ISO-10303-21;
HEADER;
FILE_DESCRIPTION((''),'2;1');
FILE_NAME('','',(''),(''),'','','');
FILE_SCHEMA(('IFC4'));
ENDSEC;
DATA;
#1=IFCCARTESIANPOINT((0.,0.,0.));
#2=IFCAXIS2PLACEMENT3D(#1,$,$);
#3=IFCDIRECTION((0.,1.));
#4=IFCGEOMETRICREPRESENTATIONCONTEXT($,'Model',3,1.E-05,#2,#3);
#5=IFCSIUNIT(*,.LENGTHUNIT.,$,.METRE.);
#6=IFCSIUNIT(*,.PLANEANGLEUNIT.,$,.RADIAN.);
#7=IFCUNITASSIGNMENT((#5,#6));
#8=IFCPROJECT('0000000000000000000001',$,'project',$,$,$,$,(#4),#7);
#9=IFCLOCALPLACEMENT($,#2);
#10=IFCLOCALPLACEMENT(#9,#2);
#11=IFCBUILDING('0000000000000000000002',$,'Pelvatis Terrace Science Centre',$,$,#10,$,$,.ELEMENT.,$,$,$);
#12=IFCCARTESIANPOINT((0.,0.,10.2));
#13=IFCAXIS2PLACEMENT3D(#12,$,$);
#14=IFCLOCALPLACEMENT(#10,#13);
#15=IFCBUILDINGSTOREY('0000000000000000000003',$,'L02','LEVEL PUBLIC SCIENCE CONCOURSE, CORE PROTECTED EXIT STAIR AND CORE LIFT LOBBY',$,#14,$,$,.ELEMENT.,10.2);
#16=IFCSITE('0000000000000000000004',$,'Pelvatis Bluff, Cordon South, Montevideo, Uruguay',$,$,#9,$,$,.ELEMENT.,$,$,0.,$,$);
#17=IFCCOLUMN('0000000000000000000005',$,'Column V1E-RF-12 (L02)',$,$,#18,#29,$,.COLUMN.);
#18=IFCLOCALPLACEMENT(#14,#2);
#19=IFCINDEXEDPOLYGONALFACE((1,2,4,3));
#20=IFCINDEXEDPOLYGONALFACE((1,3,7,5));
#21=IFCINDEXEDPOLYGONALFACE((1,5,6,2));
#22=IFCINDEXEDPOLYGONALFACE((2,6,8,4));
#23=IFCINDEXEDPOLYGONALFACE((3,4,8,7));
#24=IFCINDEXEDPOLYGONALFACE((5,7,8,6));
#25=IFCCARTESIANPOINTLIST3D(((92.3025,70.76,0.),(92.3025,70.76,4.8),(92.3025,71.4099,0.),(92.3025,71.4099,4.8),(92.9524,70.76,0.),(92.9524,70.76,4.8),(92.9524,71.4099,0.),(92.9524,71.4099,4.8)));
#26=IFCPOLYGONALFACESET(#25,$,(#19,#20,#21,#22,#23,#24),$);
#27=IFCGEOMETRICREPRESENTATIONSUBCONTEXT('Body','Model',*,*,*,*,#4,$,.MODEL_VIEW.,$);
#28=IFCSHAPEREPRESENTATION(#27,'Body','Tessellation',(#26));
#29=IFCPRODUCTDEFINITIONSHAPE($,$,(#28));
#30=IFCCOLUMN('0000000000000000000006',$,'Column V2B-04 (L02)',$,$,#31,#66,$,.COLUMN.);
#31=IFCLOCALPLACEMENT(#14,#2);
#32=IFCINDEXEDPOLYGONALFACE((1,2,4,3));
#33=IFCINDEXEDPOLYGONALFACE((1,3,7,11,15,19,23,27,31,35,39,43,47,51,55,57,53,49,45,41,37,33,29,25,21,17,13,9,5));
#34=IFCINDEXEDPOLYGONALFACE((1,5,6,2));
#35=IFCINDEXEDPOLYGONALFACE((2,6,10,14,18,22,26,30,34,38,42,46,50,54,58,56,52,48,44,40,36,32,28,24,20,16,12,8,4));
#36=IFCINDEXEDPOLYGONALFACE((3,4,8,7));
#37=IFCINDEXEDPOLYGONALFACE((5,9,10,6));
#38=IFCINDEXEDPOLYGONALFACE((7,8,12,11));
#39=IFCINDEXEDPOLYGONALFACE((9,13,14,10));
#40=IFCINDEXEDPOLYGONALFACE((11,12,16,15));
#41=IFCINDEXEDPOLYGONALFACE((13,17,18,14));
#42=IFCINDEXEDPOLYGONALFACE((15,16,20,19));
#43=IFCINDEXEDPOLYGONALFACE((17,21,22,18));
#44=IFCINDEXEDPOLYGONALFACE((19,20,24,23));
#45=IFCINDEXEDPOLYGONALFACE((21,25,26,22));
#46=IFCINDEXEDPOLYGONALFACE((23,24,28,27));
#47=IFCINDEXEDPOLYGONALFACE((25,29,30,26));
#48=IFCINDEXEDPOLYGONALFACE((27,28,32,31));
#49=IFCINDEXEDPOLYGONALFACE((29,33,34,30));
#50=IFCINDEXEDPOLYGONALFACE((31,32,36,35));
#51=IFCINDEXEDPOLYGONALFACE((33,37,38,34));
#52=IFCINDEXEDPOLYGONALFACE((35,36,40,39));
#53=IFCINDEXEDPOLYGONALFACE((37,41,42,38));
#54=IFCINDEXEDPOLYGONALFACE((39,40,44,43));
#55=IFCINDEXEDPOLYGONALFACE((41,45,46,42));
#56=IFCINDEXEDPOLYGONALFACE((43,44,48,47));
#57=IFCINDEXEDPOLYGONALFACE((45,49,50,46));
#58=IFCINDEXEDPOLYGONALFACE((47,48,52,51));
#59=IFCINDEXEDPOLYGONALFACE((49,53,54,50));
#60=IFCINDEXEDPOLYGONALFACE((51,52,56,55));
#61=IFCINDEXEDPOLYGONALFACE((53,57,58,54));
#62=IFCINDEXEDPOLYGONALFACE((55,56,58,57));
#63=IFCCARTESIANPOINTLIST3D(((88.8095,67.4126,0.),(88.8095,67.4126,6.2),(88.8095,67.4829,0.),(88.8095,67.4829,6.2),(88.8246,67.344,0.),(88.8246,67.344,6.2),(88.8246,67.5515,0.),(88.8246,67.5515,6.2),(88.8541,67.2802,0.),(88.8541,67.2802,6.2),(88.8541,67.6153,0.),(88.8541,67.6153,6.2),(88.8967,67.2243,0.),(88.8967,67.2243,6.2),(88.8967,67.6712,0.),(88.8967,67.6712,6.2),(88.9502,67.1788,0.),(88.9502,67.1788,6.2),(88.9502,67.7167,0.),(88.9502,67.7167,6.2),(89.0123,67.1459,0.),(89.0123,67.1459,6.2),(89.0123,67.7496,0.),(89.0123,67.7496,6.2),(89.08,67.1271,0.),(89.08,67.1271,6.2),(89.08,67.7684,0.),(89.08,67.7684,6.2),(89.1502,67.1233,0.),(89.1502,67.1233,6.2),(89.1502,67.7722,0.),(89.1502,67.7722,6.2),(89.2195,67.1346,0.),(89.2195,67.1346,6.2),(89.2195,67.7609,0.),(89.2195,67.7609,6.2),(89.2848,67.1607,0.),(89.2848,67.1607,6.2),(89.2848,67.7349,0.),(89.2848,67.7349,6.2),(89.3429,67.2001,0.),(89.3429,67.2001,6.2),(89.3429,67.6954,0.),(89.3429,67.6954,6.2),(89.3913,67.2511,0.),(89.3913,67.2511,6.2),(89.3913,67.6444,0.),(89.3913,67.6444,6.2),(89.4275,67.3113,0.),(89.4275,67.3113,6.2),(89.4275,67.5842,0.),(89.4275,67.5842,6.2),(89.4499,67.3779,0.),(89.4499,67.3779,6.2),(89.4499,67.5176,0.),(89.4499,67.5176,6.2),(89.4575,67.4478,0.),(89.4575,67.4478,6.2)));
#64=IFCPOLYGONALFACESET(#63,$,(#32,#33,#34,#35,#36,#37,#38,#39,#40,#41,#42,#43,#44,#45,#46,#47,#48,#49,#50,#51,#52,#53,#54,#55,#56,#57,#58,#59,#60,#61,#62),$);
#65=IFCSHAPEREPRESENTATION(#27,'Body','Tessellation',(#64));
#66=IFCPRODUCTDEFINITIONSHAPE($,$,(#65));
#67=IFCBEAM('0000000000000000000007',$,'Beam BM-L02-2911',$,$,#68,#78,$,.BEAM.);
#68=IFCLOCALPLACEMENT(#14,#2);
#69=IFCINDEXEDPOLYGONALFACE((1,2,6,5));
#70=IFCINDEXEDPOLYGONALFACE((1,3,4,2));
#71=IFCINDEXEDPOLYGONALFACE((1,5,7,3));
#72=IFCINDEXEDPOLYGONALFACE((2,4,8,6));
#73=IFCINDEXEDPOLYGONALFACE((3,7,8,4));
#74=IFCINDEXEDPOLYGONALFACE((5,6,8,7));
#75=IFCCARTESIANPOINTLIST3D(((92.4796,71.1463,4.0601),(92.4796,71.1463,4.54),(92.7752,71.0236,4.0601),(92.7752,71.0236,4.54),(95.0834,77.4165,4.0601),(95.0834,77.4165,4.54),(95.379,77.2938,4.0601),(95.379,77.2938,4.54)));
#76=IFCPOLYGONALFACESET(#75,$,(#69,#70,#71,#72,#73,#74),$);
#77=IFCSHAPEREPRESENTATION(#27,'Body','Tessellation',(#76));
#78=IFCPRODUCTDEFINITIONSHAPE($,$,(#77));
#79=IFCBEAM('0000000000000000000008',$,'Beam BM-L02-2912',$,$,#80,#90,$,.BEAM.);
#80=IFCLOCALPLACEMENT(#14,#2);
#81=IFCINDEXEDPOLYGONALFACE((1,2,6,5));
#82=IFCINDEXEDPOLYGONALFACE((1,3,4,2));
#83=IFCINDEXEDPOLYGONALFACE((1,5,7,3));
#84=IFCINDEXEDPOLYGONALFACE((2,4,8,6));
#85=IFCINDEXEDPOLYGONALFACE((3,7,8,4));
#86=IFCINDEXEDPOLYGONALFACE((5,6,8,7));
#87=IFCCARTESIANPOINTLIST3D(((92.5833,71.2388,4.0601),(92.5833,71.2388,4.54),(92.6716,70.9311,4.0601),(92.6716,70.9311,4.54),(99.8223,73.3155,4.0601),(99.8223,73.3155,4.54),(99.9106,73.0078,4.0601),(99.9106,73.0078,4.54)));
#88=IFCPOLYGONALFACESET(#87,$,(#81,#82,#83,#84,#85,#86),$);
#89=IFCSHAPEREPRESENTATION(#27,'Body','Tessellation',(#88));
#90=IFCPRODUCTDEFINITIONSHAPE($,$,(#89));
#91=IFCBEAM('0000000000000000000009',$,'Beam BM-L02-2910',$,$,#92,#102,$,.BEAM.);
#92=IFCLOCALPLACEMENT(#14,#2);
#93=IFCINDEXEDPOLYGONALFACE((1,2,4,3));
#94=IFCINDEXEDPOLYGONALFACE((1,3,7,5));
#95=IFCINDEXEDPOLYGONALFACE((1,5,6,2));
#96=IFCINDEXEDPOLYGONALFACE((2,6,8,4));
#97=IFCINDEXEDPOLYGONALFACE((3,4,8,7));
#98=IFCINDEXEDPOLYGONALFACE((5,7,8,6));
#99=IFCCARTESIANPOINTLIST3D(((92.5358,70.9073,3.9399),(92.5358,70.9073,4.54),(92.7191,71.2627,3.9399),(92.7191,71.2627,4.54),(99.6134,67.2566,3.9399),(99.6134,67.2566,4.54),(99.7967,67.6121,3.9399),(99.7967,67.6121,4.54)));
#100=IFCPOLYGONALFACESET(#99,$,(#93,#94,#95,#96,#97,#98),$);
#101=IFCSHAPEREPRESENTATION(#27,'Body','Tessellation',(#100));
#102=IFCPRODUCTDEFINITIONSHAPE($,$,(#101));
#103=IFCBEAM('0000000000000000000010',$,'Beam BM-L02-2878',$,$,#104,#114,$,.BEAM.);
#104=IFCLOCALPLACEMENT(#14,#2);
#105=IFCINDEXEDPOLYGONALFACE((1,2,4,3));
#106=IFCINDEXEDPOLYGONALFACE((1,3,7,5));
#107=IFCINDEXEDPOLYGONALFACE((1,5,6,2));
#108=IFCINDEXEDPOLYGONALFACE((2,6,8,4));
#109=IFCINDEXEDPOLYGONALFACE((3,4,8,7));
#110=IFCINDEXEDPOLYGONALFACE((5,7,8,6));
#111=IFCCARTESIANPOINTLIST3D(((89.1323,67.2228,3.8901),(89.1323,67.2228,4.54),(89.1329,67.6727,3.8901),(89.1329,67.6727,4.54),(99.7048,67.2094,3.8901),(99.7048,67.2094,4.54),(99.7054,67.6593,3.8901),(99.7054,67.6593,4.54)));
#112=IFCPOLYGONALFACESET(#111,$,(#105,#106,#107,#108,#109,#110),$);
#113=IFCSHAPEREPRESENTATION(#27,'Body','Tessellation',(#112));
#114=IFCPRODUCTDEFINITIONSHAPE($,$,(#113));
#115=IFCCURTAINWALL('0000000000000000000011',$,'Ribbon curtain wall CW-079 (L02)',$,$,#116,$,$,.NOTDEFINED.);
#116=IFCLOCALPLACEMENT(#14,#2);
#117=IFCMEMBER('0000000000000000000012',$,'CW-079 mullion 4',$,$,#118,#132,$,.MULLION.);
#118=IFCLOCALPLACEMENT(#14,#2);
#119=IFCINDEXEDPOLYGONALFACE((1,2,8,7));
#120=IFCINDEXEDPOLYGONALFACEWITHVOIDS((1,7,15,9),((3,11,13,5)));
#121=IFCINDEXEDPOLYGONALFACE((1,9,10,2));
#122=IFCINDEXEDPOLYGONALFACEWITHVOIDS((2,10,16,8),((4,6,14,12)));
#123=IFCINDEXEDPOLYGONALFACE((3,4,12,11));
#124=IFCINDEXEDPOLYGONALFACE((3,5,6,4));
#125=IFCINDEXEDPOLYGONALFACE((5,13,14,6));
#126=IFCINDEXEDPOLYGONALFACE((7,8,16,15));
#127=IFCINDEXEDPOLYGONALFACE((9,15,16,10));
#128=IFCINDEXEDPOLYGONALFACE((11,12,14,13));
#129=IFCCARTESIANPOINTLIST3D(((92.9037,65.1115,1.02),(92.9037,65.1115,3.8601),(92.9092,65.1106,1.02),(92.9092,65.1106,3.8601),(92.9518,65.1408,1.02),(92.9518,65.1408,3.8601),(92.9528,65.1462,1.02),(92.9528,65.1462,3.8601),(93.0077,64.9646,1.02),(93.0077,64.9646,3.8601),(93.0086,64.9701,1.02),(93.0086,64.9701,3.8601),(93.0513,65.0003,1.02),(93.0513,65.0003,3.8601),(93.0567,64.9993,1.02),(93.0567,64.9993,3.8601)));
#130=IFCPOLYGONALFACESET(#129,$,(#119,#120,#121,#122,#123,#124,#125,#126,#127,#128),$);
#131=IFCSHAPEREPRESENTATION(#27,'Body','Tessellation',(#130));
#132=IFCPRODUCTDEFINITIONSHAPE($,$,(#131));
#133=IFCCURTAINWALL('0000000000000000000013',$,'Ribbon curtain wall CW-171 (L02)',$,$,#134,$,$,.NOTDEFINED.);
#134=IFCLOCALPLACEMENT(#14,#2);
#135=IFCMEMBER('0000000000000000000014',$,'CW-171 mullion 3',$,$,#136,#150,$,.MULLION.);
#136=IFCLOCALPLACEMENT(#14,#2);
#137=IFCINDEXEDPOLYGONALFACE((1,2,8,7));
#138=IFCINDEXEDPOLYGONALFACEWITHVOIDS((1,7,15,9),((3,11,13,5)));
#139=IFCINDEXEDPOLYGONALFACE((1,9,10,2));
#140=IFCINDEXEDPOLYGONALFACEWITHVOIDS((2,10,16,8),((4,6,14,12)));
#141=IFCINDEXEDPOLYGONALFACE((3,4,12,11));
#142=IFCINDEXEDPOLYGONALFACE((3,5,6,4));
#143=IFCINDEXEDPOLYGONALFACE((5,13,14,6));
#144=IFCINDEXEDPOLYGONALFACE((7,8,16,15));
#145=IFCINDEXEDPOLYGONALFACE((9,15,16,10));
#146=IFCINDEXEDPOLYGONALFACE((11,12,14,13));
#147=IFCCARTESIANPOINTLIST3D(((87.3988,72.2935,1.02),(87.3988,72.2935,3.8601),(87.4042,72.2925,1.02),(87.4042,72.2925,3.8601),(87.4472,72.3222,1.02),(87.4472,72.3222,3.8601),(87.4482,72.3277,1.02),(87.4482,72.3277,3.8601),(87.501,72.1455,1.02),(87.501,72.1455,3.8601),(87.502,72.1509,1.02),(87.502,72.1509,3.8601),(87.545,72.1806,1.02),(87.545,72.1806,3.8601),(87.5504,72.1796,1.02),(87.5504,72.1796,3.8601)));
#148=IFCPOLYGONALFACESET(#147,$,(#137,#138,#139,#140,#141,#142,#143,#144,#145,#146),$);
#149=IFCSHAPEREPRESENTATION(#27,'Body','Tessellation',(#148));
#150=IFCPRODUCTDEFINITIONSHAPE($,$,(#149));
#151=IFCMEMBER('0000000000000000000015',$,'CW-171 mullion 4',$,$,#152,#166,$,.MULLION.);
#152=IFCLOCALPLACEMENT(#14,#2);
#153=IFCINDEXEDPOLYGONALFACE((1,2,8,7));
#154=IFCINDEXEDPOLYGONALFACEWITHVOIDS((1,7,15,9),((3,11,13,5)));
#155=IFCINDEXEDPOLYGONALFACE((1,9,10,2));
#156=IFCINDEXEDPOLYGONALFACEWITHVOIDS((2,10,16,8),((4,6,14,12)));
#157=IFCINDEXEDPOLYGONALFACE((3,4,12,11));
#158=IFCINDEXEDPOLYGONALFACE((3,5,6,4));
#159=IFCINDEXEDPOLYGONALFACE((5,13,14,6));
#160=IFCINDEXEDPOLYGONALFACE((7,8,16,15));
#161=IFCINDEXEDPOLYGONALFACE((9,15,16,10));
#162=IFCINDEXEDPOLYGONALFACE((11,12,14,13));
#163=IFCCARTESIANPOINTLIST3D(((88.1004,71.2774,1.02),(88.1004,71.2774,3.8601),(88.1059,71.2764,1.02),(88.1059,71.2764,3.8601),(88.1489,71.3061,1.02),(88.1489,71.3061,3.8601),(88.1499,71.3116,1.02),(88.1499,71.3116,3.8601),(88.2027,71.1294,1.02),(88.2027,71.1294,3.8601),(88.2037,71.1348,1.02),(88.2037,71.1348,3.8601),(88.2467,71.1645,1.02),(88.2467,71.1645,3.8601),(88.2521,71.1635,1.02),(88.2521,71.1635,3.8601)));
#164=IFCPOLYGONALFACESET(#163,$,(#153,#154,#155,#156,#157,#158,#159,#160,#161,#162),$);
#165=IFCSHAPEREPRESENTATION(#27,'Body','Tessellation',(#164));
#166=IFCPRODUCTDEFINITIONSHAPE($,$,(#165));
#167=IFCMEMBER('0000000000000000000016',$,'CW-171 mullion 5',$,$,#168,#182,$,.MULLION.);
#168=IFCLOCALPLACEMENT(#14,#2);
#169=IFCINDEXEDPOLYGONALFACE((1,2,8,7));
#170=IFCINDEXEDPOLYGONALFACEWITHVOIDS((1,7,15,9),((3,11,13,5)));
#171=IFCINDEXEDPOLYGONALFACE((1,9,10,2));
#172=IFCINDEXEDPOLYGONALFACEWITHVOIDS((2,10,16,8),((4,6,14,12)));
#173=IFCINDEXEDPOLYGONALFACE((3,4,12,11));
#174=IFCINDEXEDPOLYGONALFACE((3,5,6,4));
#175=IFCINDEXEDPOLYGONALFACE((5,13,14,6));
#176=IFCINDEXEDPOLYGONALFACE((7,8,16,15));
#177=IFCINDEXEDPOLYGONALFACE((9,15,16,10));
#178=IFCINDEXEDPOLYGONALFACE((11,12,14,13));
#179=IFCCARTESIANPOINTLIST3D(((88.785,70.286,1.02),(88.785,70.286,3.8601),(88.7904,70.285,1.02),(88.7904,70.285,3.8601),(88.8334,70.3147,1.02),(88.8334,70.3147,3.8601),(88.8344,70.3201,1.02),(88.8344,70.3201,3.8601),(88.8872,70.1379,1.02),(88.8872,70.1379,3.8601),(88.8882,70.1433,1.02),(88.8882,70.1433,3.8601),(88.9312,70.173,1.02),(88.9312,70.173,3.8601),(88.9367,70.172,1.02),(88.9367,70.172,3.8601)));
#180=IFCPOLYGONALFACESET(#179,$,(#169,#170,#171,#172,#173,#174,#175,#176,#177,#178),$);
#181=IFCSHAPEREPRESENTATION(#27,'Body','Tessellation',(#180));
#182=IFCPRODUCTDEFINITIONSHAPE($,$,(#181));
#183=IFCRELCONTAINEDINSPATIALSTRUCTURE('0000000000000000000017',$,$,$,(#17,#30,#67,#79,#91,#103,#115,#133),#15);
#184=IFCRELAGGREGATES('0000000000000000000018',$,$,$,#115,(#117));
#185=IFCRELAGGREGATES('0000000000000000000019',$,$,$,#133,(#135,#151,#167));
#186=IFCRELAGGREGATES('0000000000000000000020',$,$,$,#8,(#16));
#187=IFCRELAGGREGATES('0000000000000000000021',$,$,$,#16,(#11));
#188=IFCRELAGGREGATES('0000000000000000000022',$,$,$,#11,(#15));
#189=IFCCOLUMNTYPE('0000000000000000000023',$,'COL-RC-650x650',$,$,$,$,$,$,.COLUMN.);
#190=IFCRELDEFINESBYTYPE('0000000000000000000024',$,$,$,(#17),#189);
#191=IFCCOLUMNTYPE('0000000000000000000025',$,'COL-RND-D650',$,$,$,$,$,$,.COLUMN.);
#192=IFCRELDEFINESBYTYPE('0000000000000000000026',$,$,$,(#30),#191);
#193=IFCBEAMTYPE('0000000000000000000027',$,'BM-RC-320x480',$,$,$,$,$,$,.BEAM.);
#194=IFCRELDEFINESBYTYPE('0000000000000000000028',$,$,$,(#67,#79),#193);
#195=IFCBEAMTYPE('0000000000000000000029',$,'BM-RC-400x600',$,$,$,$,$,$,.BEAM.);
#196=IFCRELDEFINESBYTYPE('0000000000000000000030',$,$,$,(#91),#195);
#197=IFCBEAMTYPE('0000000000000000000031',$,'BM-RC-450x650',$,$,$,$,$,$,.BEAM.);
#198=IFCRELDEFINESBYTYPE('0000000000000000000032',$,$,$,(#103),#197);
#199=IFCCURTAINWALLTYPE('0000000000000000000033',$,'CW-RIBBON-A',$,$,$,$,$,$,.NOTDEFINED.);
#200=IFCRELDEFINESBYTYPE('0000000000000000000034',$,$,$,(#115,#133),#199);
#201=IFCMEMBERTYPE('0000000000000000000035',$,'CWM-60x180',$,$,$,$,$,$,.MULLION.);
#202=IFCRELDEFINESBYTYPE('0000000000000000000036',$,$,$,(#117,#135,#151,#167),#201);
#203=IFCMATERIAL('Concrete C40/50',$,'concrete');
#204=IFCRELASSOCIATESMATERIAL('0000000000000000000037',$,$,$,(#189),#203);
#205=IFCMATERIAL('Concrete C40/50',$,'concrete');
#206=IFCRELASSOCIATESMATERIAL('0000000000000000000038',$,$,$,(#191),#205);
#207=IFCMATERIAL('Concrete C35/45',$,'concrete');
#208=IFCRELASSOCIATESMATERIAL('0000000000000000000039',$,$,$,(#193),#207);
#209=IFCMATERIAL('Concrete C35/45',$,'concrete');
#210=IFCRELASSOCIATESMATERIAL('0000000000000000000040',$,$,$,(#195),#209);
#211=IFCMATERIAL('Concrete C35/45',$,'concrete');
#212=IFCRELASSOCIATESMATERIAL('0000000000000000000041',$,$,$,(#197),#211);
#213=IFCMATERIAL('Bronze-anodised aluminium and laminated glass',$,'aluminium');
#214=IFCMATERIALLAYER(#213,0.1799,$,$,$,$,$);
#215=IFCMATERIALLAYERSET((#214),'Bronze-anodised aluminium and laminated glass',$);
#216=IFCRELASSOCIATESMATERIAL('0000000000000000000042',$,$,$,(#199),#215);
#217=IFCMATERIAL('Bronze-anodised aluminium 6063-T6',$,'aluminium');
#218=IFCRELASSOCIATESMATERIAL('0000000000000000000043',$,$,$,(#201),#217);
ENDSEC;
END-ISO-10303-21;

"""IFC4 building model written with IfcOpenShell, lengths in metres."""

from ifc_helpers import new_model, si_unit, direction, frame, origin, origin_2d, place, context, subcontext, project, spatial, rectangle, hollow_rectangle, circle, extrude, material, layer, layer_set, material_profile, profile_set, type_object, element, aggregate, save


model = new_model("IFC4")

# Units and contexts
model_context = context("Model", 3, precision=1e-05, world=origin(), true_north=direction((0.0, 1.0)))
body_context = subcontext(model_context, "Body", "Model", "MODEL_VIEW")
ifc_project = project(units=[si_unit("LENGTHUNIT", "METRE"), si_unit("PLANEANGLEUNIT", "RADIAN")], contexts=[model_context])

# Site, building, storey
site_placement = place(None, origin())
site = spatial("IfcSite", under=ifc_project, at=site_placement, Name="Pelvatis Bluff, Cordon South, Montevideo, Uruguay", CompositionType="ELEMENT", RefElevation=0.0)
building_placement = place(site_placement, origin())
building = spatial("IfcBuilding", under=site, at=building_placement, Name="Pelvatis Terrace Science Centre", CompositionType="ELEMENT")
storey_placement = place(building_placement, frame((0.0, 0.0, 10.2)))
storey = spatial("IfcBuildingStorey", under=building, at=storey_placement, Name="L02", Description="LEVEL PUBLIC SCIENCE CONCOURSE, CORE PROTECTED EXIT STAIR AND CORE LIFT LOBBY", CompositionType="ELEMENT", Elevation=10.2)

# Columns
ifc_material_1 = material(Name="Concrete C40/50", Category="concrete")
ifc_material_profile_1 = material_profile(ifc_material_1, rectangle(XDim=0.6499, YDim=0.6499, at=origin_2d()), Name="RC-COL 650x650")
ifc_profile_set_1 = profile_set([ifc_material_profile_1], Name="Concrete C40/50")
column_type_1 = type_object("IfcColumnType", Name="COL-RC-650x650", PredefinedType="COLUMN", material=ifc_profile_set_1)
column_1_placement = place(storey_placement, frame((92.6274, 71.085, 0.0), z_axis=(0.0, 0.0, 1.0), x_axis=(1.0, 0.0, 0.0)))
element("IfcColumn", 1, at=column_1_placement, inside=storey, type_object=column_type_1, Name="Column V1E-RF-12 (L02)", PredefinedType="COLUMN", context=body_context, shape_type="SweptSolid", body=[
    extrude(rectangle(XDim=0.6499, YDim=0.6499, at=origin_2d()), origin(), (0.0, 0.0, 1.0), 4.8),
])
ifc_material_2 = material(Name="Concrete C40/50", Category="concrete")
ifc_material_profile_2 = material_profile(ifc_material_2, circle(Radius=0.325, at=origin_2d()), Name="RC-RCOL D650")
ifc_profile_set_2 = profile_set([ifc_material_profile_2], Name="Concrete C40/50")
column_type_2 = type_object("IfcColumnType", Name="COL-RND-D650", PredefinedType="COLUMN", material=ifc_profile_set_2)
column_2_placement = place(storey_placement, frame((89.1326, 67.4478, 0.0), z_axis=(0.0, 0.0, 1.0), x_axis=(1.0, 0.0, 0.0)))
element("IfcColumn", 2, at=column_2_placement, inside=storey, type_object=column_type_2, Name="Column V2B-04 (L02)", PredefinedType="COLUMN", context=body_context, shape_type="SweptSolid", body=[
    extrude(circle(Radius=0.325, at=origin_2d()), origin(), (0.0, 0.0, 1.0), 6.2),
])

# Beams
ifc_material_3 = material(Name="Concrete C35/45", Category="concrete")
ifc_material_profile_3 = material_profile(ifc_material_3, rectangle(XDim=0.3201, YDim=0.48, at=origin_2d()), Name="RC-BM 320x480")
ifc_profile_set_3 = profile_set([ifc_material_profile_3], Name="Concrete C35/45")
beam_type_1 = type_object("IfcBeamType", Name="BM-RC-320x480", PredefinedType="BEAM", material=ifc_profile_set_3)
beam_1_placement = place(storey_placement, frame((92.6274, 71.085, 4.3), z_axis=(0.383504, 0.923539, 0.0), x_axis=(-0.923539, 0.383504, 0.0)))
element("IfcBeam", 3, at=beam_1_placement, inside=storey, type_object=beam_type_1, Name="Beam BM-L02-2911", PredefinedType="BEAM", context=body_context, shape_type="SweptSolid", body=[
    extrude(rectangle(XDim=0.3201, YDim=0.48, at=origin_2d()), origin(), (0.0, 0.0, 1.0), 6.7893),
])
beam_2_placement = place(storey_placement, frame((92.6274, 71.085, 4.3), z_axis=(0.96123, 0.275749, 0.0), x_axis=(-0.275749, 0.96123, 0.0)))
element("IfcBeam", 4, at=beam_2_placement, inside=storey, type_object=beam_type_1, Name="Beam BM-L02-2912", PredefinedType="BEAM", context=body_context, shape_type="SweptSolid", body=[
    extrude(rectangle(XDim=0.3201, YDim=0.48, at=origin_2d()), origin(), (0.0, 0.0, 1.0), 7.531),
])
ifc_material_4 = material(Name="Concrete C35/45", Category="concrete")
ifc_material_profile_4 = material_profile(ifc_material_4, rectangle(XDim=0.3999, YDim=0.6001, at=origin_2d()), Name="RC-BM 400x600")
ifc_profile_set_4 = profile_set([ifc_material_profile_4], Name="Concrete C35/45")
beam_type_2 = type_object("IfcBeamType", Name="BM-RC-400x600", PredefinedType="BEAM", material=ifc_profile_set_4)
beam_3_placement = place(storey_placement, frame((92.6274, 71.085, 4.24), z_axis=(0.88874, -0.458411, 0.0), x_axis=(0.458411, 0.88874, 0.0)))
element("IfcBeam", 5, at=beam_3_placement, inside=storey, type_object=beam_type_2, Name="Beam BM-L02-2910", PredefinedType="BEAM", context=body_context, shape_type="SweptSolid", body=[
    extrude(rectangle(XDim=0.3999, YDim=0.6001, at=origin_2d()), origin(), (0.0, 0.0, 1.0), 7.9636),
])
ifc_material_5 = material(Name="Concrete C35/45", Category="concrete")
ifc_material_profile_5 = material_profile(ifc_material_5, rectangle(XDim=0.45, YDim=0.6499, at=origin_2d()), Name="RC-BM 450x650")
ifc_profile_set_5 = profile_set([ifc_material_profile_5], Name="Concrete C35/45")
beam_type_3 = type_object("IfcBeamType", Name="BM-RC-450x650", PredefinedType="BEAM", material=ifc_profile_set_5)
beam_4_placement = place(storey_placement, frame((89.1326, 67.4478, 4.2151), z_axis=(0.999999, -0.00127, 0.0), x_axis=(0.00127, 0.999999, 0.0)))
element("IfcBeam", 6, at=beam_4_placement, inside=storey, type_object=beam_type_3, Name="Beam BM-L02-2878", PredefinedType="BEAM", context=body_context, shape_type="SweptSolid", body=[
    extrude(rectangle(XDim=0.45, YDim=0.6499, at=origin_2d()), origin(), (0.0, 0.0, 1.0), 10.5725),
])

# Curtain wall, member
ifc_material_6 = material(Name="Bronze-anodised aluminium and laminated glass", Category="aluminium")
ifc_layer_1 = layer(ifc_material_6, 0.1799)
ifc_layer_set_1 = layer_set([ifc_layer_1], Name="Bronze-anodised aluminium and laminated glass")
curtain_wall_type = type_object("IfcCurtainWallType", Name="CW-RIBBON-A", PredefinedType="NOTDEFINED", material=ifc_layer_set_1)
curtain_wall_1_placement = place(storey_placement, origin())
curtain_wall_1 = element("IfcCurtainWall", 7, at=curtain_wall_1_placement, inside=storey, type_object=curtain_wall_type, Name="Ribbon curtain wall CW-079 (L02)", PredefinedType="NOTDEFINED")
ifc_material_7 = material(Name="Bronze-anodised aluminium 6063-T6", Category="aluminium")
ifc_material_profile_6 = material_profile(ifc_material_7, hollow_rectangle(XDim=0.0601, YDim=0.1799, WallThickness=0.0039, at=origin_2d()), Name="ALU-MUL 60x180")
ifc_profile_set_6 = profile_set([ifc_material_profile_6], Name="Bronze-anodised aluminium 6063-T6")
member_type_1 = type_object("IfcMemberType", Name="CWM-60x180", PredefinedType="MULLION", material=ifc_profile_set_6)
member_1_placement = place(storey_placement, frame((92.9802, 65.0554, 1.02), z_axis=(0.0, 0.0, 1.0), x_axis=(-0.816326, -0.577591, 0.0)))
member_1 = element("IfcMember", 8, at=member_1_placement, type_object=member_type_1, Name="CW-079 mullion 4", PredefinedType="MULLION", context=body_context, shape_type="SweptSolid", body=[
    extrude(hollow_rectangle(XDim=0.0601, YDim=0.1799, WallThickness=0.0039, at=origin_2d()), origin(), (0.0, 0.0, 1.0), 2.8401),
])
aggregate(curtain_wall_1, [member_1])

# Curtain wall, members
curtain_wall_2_placement = place(storey_placement, origin())
curtain_wall_2 = element("IfcCurtainWall", 9, at=curtain_wall_2_placement, inside=storey, type_object=curtain_wall_type, Name="Ribbon curtain wall CW-171 (L02)", PredefinedType="NOTDEFINED")
member_2_placement = place(storey_placement, frame((87.4746, 72.2366, 1.02), z_axis=(0.0, 0.0, 1.0), x_axis=(0.822888, 0.568203, 0.0)))
member_2 = element("IfcMember", 10, at=member_2_placement, type_object=member_type_1, Name="CW-171 mullion 3", PredefinedType="MULLION", context=body_context, shape_type="SweptSolid", body=[
    extrude(hollow_rectangle(XDim=0.0601, YDim=0.1799, WallThickness=0.0039, at=origin_2d()), origin(), (0.0, 0.0, 1.0), 2.8401),
])
member_3_placement = place(storey_placement, frame((88.1763, 71.2205, 1.02), z_axis=(0.0, 0.0, 1.0), x_axis=(0.822888, 0.568203, 0.0)))
member_3 = element("IfcMember", 11, at=member_3_placement, type_object=member_type_1, Name="CW-171 mullion 4", PredefinedType="MULLION", context=body_context, shape_type="SweptSolid", body=[
    extrude(hollow_rectangle(XDim=0.0601, YDim=0.1799, WallThickness=0.0039, at=origin_2d()), origin(), (0.0, 0.0, 1.0), 2.8401),
])
member_4_placement = place(storey_placement, frame((88.8608, 70.229, 1.02), z_axis=(0.0, 0.0, 1.0), x_axis=(0.822888, 0.568203, 0.0)))
member_4 = element("IfcMember", 12, at=member_4_placement, type_object=member_type_1, Name="CW-171 mullion 5", PredefinedType="MULLION", context=body_context, shape_type="SweptSolid", body=[
    extrude(hollow_rectangle(XDim=0.0601, YDim=0.1799, WallThickness=0.0039, at=origin_2d()), origin(), (0.0, 0.0, 1.0), 2.8401),
])
aggregate(curtain_wall_2, [member_2, member_3, member_4])

save(model, "model.ifc")
